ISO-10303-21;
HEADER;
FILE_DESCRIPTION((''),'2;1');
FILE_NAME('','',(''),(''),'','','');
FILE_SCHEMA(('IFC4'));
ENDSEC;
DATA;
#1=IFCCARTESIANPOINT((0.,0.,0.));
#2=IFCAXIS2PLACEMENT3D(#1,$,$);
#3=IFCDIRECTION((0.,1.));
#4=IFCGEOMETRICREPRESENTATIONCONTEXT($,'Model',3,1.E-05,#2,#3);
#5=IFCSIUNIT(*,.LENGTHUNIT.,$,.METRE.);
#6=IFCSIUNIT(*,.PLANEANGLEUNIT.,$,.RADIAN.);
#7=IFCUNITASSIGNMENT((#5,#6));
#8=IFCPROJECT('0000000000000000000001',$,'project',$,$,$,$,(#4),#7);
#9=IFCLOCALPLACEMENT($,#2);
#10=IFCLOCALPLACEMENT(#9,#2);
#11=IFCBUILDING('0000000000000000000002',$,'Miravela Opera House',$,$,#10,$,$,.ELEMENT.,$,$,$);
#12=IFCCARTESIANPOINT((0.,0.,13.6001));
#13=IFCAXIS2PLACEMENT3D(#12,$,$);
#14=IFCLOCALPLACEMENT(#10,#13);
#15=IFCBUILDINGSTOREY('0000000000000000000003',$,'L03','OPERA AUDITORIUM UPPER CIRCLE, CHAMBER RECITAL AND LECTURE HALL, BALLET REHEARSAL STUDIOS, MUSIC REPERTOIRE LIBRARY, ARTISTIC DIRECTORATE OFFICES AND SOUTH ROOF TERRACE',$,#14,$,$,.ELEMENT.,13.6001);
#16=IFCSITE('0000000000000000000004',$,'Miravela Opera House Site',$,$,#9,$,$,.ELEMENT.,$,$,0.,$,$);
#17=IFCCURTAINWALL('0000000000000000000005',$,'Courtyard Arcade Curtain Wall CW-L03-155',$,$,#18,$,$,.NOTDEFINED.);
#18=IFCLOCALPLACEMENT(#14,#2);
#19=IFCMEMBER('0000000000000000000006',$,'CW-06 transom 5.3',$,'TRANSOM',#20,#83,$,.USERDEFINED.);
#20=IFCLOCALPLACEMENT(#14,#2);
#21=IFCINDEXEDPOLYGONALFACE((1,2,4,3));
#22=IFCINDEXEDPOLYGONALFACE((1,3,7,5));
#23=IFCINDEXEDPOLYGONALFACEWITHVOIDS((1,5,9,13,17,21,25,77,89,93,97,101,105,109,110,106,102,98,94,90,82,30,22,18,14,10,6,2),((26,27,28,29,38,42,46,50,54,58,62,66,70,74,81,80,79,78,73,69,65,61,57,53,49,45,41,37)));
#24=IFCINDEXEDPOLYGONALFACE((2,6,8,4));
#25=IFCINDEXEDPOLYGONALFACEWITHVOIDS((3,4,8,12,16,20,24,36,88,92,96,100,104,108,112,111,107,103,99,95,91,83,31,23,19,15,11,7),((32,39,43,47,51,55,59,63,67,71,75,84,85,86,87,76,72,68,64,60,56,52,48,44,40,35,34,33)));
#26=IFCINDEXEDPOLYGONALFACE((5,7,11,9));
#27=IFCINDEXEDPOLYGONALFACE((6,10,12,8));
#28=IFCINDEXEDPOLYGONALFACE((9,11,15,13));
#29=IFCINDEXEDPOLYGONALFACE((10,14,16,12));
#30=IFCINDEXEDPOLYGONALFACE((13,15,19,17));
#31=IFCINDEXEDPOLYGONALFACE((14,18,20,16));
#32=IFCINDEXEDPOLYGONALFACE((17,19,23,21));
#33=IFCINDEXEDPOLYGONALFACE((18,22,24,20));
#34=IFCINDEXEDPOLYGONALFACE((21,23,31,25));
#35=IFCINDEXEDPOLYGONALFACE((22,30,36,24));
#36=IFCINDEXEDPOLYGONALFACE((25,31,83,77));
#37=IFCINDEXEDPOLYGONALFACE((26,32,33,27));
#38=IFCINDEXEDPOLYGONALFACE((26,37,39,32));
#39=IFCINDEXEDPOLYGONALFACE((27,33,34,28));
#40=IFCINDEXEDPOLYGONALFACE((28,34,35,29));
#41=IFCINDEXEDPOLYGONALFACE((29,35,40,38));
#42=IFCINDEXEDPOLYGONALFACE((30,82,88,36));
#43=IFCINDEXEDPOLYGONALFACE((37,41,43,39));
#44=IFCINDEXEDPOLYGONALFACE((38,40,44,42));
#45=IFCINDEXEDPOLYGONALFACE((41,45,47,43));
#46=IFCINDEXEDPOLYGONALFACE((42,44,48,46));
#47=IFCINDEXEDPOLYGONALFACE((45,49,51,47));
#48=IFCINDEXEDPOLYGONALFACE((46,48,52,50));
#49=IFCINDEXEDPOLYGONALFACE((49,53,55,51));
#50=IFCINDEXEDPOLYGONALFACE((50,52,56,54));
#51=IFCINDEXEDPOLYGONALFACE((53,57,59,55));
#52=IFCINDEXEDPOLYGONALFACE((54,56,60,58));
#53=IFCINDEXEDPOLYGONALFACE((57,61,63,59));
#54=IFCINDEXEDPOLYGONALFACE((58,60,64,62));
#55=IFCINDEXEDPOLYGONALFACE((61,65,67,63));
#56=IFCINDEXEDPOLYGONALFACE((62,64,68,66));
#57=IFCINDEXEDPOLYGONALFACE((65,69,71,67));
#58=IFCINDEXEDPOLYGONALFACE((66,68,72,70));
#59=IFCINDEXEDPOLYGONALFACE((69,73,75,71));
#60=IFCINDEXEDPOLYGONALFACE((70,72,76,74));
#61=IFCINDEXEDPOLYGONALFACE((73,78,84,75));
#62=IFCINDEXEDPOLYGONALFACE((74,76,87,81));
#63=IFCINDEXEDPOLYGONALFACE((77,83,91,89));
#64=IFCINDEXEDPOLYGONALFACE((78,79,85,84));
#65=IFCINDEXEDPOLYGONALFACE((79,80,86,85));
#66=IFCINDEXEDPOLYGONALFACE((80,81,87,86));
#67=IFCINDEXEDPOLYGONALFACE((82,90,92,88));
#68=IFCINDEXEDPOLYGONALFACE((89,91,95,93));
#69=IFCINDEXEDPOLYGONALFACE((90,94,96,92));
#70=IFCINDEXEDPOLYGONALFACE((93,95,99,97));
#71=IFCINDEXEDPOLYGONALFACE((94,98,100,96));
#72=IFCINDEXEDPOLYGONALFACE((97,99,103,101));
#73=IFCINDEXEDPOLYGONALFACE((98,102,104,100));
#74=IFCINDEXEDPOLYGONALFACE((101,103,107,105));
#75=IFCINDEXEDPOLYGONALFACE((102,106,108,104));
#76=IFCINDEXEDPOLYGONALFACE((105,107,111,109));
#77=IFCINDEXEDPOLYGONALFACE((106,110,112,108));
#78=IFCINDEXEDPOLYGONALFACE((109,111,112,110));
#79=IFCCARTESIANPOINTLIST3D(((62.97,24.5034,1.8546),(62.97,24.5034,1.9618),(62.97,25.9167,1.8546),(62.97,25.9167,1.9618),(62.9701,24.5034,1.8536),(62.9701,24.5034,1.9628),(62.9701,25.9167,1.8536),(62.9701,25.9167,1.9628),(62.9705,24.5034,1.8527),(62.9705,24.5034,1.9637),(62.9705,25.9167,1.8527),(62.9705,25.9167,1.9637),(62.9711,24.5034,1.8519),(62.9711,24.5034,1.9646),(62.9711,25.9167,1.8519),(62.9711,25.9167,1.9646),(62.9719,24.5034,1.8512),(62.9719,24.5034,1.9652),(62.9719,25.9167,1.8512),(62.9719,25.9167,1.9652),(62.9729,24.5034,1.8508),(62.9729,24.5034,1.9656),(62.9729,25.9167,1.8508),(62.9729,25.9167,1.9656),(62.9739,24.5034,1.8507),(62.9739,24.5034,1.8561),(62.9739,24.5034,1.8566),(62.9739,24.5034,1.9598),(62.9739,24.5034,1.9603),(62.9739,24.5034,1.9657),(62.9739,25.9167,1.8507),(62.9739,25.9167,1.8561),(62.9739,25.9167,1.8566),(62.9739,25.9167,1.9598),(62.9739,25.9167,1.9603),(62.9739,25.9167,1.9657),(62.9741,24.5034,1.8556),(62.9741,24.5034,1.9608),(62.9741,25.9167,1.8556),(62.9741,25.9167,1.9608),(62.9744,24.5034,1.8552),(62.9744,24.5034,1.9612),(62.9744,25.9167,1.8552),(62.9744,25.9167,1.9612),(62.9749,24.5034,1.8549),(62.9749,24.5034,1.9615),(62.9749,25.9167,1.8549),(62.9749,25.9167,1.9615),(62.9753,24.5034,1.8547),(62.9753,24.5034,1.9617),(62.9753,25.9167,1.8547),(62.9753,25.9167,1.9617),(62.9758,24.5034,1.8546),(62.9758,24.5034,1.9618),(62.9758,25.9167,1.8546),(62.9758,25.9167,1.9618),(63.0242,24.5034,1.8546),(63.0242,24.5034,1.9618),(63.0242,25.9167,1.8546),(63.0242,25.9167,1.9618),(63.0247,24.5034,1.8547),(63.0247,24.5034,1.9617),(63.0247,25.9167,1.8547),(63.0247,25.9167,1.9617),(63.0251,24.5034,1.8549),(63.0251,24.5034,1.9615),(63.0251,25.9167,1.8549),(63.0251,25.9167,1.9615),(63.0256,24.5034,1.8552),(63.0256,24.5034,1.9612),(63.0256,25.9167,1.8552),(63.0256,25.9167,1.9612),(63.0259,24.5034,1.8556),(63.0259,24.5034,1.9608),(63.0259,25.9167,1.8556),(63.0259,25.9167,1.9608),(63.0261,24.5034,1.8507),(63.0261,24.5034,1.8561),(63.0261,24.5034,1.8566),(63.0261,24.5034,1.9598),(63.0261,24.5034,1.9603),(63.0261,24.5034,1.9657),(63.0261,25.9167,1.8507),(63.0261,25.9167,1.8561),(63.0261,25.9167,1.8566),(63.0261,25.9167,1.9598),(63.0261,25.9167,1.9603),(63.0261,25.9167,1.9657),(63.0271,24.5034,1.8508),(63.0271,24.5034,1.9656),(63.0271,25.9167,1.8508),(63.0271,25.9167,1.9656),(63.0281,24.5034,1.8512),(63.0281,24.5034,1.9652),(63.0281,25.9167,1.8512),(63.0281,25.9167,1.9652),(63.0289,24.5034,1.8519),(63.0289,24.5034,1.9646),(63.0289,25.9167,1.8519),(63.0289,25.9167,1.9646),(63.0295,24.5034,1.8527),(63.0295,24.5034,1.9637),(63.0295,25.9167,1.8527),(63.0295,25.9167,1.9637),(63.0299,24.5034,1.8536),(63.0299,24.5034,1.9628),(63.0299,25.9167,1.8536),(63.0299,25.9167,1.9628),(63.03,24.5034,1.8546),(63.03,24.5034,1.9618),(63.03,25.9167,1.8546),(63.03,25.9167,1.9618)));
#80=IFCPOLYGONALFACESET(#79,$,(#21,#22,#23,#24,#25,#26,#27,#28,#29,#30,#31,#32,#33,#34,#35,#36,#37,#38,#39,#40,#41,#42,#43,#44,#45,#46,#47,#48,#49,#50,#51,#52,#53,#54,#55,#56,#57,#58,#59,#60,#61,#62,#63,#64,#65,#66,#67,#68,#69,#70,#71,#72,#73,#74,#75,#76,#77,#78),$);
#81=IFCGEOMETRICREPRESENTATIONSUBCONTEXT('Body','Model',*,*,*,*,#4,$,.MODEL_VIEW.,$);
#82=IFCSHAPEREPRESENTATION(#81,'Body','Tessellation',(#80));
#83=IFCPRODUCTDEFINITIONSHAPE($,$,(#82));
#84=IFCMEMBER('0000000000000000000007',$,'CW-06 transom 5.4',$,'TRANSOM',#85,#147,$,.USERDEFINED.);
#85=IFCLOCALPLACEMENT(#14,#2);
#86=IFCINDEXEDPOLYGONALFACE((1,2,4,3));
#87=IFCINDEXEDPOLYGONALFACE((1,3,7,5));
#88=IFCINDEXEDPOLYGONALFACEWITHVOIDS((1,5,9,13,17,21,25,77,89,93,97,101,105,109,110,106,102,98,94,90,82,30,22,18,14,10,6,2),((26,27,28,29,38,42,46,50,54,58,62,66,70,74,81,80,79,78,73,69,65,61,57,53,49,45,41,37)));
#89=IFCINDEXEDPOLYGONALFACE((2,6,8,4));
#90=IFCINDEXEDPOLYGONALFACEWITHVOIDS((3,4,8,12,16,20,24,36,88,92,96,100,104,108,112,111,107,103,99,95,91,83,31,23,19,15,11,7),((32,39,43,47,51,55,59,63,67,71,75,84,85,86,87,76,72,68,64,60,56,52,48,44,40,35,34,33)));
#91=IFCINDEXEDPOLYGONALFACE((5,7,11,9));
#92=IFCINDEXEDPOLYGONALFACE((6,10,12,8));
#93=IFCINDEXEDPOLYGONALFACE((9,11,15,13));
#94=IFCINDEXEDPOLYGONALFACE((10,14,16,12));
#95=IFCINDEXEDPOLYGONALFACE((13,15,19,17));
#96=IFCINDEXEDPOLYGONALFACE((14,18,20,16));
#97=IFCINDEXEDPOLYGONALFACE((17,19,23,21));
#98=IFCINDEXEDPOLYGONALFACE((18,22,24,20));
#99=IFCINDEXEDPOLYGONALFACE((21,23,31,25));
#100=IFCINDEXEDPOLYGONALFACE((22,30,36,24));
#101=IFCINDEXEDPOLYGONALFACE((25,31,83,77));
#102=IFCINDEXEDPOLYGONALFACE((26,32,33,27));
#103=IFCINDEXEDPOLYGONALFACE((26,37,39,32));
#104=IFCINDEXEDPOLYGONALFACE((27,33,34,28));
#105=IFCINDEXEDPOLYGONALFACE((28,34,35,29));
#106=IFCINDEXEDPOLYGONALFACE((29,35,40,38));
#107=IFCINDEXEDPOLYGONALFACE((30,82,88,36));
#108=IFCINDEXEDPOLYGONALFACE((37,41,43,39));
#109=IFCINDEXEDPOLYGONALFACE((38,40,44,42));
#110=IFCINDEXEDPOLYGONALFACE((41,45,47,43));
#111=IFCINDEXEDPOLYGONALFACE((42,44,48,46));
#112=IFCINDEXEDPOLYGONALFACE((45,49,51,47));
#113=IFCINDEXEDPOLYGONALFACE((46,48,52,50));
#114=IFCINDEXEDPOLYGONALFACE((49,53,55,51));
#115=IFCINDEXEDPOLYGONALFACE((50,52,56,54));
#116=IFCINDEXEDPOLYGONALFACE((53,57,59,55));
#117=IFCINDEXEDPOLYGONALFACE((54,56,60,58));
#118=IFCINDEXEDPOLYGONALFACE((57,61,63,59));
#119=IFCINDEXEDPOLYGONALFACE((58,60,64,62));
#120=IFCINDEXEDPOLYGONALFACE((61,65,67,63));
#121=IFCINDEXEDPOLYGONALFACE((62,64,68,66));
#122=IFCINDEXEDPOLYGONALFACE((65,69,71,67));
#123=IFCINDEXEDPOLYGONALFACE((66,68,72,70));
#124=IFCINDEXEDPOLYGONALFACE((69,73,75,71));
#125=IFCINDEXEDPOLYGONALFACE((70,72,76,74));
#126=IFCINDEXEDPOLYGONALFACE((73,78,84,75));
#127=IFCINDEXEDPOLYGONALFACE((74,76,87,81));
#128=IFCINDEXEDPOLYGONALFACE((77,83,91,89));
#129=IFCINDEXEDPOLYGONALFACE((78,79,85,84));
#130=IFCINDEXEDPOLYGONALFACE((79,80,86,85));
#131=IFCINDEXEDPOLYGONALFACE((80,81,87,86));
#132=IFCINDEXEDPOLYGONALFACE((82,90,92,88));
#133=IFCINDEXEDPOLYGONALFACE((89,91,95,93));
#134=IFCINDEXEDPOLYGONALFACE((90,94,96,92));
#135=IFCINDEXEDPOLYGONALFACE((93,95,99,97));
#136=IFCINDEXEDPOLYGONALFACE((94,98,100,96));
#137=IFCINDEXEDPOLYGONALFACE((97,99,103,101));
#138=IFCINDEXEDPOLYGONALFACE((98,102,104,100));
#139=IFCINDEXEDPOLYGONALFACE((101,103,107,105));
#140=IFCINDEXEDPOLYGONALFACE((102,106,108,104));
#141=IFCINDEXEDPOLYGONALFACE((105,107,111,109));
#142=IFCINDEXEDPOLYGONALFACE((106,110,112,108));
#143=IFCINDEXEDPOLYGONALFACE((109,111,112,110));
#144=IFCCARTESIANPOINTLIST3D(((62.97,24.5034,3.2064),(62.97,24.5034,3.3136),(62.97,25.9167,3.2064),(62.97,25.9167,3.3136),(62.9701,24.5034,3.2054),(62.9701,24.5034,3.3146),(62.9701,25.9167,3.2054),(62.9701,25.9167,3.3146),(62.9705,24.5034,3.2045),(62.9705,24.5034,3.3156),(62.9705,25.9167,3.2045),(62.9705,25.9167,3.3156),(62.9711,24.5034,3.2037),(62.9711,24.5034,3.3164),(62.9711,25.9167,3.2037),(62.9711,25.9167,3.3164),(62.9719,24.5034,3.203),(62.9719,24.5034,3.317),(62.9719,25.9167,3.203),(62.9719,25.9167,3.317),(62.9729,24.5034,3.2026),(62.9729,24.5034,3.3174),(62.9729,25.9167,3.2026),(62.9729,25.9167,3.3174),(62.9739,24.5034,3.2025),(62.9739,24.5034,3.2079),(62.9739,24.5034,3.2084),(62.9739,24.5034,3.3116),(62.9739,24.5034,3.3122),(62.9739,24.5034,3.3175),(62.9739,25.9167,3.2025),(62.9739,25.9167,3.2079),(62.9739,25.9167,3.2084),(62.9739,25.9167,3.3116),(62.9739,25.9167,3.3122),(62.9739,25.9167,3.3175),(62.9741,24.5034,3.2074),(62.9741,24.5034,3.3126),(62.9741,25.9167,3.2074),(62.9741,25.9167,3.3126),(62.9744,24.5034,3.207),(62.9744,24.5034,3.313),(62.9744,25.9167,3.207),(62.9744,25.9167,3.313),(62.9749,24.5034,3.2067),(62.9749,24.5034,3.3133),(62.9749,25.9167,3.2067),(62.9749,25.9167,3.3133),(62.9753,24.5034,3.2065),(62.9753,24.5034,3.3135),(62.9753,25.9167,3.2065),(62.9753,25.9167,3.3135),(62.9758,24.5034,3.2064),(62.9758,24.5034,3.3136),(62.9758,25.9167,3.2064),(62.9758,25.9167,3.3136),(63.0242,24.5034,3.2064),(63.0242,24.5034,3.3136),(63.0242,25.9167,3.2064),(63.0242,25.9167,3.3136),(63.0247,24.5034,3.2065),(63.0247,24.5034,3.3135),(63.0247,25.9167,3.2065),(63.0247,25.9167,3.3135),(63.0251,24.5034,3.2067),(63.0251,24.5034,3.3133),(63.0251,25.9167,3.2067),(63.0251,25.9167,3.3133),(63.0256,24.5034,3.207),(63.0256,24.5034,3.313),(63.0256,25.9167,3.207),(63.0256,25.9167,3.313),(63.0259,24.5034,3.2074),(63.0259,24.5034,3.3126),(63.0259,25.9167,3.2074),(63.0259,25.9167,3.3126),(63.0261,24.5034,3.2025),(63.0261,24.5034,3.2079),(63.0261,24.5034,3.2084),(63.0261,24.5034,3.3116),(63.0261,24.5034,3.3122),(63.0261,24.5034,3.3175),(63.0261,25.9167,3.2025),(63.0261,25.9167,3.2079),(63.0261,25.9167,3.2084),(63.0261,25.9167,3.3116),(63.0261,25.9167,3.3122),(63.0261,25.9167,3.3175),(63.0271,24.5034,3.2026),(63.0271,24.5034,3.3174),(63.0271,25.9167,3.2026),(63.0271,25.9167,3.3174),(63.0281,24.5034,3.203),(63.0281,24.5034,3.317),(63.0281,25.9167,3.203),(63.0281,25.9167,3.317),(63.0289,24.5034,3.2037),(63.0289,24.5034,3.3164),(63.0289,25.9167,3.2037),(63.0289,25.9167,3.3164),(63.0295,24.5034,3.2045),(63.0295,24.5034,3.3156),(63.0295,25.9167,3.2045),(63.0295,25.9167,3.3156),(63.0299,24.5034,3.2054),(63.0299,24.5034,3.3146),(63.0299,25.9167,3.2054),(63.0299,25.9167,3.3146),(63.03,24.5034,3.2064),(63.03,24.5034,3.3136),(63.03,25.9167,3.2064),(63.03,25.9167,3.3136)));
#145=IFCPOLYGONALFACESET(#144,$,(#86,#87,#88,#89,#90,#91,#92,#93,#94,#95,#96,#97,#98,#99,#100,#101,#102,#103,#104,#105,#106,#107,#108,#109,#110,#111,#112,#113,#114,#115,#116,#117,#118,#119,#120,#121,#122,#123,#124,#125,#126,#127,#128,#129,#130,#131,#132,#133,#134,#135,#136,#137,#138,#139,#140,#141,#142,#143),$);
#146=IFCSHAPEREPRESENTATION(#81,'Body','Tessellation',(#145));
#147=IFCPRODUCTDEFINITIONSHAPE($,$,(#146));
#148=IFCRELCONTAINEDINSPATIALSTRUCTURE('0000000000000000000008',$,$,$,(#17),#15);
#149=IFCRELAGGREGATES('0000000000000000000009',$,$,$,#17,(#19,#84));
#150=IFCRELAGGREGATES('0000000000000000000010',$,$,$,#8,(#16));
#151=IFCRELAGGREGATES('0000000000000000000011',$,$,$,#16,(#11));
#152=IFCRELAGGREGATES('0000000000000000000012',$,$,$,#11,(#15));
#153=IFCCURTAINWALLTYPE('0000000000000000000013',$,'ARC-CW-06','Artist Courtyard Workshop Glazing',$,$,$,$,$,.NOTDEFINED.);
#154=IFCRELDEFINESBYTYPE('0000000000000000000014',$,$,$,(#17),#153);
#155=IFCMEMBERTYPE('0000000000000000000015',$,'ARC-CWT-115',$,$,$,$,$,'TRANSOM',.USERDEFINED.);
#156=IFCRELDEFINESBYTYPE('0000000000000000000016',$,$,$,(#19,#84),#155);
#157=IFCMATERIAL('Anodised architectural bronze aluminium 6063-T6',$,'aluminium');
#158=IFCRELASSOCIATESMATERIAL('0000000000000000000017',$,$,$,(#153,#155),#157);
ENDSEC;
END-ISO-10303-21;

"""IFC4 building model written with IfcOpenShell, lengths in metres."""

from ifc_helpers import new_model, si_unit, direction, frame, origin, origin_2d, place, context, subcontext, project, spatial, hollow_rectangle, extrude, material, material_profile, profile_set, type_object, element, aggregate, save


model = new_model("IFC4")

# Units and contexts
model_context = context("Model", 3, precision=1e-05, world=origin(), true_north=direction((0.0, 1.0)))
body_context = subcontext(model_context, "Body", "Model", "MODEL_VIEW")
ifc_project = project(units=[si_unit("LENGTHUNIT", "METRE"), si_unit("PLANEANGLEUNIT", "RADIAN")], contexts=[model_context])

# Site, building, storey
site_placement = place(None, origin())
site = spatial("IfcSite", under=ifc_project, at=site_placement, Name="Miravela Opera House Site", CompositionType="ELEMENT", RefElevation=0.0)
building_placement = place(site_placement, origin())
building = spatial("IfcBuilding", under=site, at=building_placement, Name="Miravela Opera House", CompositionType="ELEMENT")
storey_placement = place(building_placement, frame((0.0, 0.0, 13.6001)))
storey = spatial("IfcBuildingStorey", under=building, at=storey_placement, Name="L03", Description="OPERA AUDITORIUM UPPER CIRCLE, CHAMBER RECITAL AND LECTURE HALL, BALLET REHEARSAL STUDIOS, MUSIC REPERTOIRE LIBRARY, ARTISTIC DIRECTORATE OFFICES AND SOUTH ROOF TERRACE", CompositionType="ELEMENT", Elevation=13.6001)

# Curtain wall, members
ifc_material_1 = material(Name="Anodised architectural bronze aluminium 6063-T6", Category="aluminium")
curtain_wall_type = type_object("IfcCurtainWallType", Name="ARC-CW-06", Description="Artist Courtyard Workshop Glazing", PredefinedType="NOTDEFINED", material=ifc_material_1)
curtain_wall_placement = place(storey_placement, origin())
curtain_wall = element("IfcCurtainWall", 1, at=curtain_wall_placement, inside=storey, type_object=curtain_wall_type, Name="Courtyard Arcade Curtain Wall CW-L03-155", PredefinedType="NOTDEFINED")
ifc_material_profile_1 = material_profile(ifc_material_1, hollow_rectangle(XDim=0.0601, YDim=0.115, WallThickness=0.0039, InnerFilletRadius=0.002, OuterFilletRadius=0.0039, at=origin_2d()), Name="CWT-60X115")
ifc_profile_set_1 = profile_set([ifc_material_profile_1])
member_type_1 = type_object("IfcMemberType", Name="ARC-CWT-115", ElementType="TRANSOM", PredefinedType="USERDEFINED", material=ifc_profile_set_1)
member_1_placement = place(storey_placement, frame((63.0, 24.5034, 1.9082), z_axis=(0.0, 1.0, 0.0), x_axis=(-1.0, 0.0, 0.0)))
member_1 = element("IfcMember", 2, at=member_1_placement, type_object=member_type_1, Name="CW-06 transom 5.3", ObjectType="TRANSOM", PredefinedType="USERDEFINED", context=body_context, shape_type="SweptSolid", body=[
    extrude(hollow_rectangle(XDim=0.0601, YDim=0.115, WallThickness=0.0039, InnerFilletRadius=0.002, OuterFilletRadius=0.0039, at=origin_2d()), origin(), (0.0, 0.0, 1.0), 1.4133),
])
member_2_placement = place(storey_placement, frame((63.0, 24.5034, 3.26), z_axis=(0.0, 1.0, 0.0), x_axis=(-1.0, 0.0, 0.0)))
member_2 = element("IfcMember", 3, at=member_2_placement, type_object=member_type_1, Name="CW-06 transom 5.4", ObjectType="TRANSOM", PredefinedType="USERDEFINED", context=body_context, shape_type="SweptSolid", body=[
    extrude(hollow_rectangle(XDim=0.0601, YDim=0.115, WallThickness=0.0039, InnerFilletRadius=0.002, OuterFilletRadius=0.0039, at=origin_2d()), origin(), (0.0, 0.0, 1.0), 1.4133),
])
aggregate(curtain_wall, [member_1, member_2])

save(model, "model.ifc")
